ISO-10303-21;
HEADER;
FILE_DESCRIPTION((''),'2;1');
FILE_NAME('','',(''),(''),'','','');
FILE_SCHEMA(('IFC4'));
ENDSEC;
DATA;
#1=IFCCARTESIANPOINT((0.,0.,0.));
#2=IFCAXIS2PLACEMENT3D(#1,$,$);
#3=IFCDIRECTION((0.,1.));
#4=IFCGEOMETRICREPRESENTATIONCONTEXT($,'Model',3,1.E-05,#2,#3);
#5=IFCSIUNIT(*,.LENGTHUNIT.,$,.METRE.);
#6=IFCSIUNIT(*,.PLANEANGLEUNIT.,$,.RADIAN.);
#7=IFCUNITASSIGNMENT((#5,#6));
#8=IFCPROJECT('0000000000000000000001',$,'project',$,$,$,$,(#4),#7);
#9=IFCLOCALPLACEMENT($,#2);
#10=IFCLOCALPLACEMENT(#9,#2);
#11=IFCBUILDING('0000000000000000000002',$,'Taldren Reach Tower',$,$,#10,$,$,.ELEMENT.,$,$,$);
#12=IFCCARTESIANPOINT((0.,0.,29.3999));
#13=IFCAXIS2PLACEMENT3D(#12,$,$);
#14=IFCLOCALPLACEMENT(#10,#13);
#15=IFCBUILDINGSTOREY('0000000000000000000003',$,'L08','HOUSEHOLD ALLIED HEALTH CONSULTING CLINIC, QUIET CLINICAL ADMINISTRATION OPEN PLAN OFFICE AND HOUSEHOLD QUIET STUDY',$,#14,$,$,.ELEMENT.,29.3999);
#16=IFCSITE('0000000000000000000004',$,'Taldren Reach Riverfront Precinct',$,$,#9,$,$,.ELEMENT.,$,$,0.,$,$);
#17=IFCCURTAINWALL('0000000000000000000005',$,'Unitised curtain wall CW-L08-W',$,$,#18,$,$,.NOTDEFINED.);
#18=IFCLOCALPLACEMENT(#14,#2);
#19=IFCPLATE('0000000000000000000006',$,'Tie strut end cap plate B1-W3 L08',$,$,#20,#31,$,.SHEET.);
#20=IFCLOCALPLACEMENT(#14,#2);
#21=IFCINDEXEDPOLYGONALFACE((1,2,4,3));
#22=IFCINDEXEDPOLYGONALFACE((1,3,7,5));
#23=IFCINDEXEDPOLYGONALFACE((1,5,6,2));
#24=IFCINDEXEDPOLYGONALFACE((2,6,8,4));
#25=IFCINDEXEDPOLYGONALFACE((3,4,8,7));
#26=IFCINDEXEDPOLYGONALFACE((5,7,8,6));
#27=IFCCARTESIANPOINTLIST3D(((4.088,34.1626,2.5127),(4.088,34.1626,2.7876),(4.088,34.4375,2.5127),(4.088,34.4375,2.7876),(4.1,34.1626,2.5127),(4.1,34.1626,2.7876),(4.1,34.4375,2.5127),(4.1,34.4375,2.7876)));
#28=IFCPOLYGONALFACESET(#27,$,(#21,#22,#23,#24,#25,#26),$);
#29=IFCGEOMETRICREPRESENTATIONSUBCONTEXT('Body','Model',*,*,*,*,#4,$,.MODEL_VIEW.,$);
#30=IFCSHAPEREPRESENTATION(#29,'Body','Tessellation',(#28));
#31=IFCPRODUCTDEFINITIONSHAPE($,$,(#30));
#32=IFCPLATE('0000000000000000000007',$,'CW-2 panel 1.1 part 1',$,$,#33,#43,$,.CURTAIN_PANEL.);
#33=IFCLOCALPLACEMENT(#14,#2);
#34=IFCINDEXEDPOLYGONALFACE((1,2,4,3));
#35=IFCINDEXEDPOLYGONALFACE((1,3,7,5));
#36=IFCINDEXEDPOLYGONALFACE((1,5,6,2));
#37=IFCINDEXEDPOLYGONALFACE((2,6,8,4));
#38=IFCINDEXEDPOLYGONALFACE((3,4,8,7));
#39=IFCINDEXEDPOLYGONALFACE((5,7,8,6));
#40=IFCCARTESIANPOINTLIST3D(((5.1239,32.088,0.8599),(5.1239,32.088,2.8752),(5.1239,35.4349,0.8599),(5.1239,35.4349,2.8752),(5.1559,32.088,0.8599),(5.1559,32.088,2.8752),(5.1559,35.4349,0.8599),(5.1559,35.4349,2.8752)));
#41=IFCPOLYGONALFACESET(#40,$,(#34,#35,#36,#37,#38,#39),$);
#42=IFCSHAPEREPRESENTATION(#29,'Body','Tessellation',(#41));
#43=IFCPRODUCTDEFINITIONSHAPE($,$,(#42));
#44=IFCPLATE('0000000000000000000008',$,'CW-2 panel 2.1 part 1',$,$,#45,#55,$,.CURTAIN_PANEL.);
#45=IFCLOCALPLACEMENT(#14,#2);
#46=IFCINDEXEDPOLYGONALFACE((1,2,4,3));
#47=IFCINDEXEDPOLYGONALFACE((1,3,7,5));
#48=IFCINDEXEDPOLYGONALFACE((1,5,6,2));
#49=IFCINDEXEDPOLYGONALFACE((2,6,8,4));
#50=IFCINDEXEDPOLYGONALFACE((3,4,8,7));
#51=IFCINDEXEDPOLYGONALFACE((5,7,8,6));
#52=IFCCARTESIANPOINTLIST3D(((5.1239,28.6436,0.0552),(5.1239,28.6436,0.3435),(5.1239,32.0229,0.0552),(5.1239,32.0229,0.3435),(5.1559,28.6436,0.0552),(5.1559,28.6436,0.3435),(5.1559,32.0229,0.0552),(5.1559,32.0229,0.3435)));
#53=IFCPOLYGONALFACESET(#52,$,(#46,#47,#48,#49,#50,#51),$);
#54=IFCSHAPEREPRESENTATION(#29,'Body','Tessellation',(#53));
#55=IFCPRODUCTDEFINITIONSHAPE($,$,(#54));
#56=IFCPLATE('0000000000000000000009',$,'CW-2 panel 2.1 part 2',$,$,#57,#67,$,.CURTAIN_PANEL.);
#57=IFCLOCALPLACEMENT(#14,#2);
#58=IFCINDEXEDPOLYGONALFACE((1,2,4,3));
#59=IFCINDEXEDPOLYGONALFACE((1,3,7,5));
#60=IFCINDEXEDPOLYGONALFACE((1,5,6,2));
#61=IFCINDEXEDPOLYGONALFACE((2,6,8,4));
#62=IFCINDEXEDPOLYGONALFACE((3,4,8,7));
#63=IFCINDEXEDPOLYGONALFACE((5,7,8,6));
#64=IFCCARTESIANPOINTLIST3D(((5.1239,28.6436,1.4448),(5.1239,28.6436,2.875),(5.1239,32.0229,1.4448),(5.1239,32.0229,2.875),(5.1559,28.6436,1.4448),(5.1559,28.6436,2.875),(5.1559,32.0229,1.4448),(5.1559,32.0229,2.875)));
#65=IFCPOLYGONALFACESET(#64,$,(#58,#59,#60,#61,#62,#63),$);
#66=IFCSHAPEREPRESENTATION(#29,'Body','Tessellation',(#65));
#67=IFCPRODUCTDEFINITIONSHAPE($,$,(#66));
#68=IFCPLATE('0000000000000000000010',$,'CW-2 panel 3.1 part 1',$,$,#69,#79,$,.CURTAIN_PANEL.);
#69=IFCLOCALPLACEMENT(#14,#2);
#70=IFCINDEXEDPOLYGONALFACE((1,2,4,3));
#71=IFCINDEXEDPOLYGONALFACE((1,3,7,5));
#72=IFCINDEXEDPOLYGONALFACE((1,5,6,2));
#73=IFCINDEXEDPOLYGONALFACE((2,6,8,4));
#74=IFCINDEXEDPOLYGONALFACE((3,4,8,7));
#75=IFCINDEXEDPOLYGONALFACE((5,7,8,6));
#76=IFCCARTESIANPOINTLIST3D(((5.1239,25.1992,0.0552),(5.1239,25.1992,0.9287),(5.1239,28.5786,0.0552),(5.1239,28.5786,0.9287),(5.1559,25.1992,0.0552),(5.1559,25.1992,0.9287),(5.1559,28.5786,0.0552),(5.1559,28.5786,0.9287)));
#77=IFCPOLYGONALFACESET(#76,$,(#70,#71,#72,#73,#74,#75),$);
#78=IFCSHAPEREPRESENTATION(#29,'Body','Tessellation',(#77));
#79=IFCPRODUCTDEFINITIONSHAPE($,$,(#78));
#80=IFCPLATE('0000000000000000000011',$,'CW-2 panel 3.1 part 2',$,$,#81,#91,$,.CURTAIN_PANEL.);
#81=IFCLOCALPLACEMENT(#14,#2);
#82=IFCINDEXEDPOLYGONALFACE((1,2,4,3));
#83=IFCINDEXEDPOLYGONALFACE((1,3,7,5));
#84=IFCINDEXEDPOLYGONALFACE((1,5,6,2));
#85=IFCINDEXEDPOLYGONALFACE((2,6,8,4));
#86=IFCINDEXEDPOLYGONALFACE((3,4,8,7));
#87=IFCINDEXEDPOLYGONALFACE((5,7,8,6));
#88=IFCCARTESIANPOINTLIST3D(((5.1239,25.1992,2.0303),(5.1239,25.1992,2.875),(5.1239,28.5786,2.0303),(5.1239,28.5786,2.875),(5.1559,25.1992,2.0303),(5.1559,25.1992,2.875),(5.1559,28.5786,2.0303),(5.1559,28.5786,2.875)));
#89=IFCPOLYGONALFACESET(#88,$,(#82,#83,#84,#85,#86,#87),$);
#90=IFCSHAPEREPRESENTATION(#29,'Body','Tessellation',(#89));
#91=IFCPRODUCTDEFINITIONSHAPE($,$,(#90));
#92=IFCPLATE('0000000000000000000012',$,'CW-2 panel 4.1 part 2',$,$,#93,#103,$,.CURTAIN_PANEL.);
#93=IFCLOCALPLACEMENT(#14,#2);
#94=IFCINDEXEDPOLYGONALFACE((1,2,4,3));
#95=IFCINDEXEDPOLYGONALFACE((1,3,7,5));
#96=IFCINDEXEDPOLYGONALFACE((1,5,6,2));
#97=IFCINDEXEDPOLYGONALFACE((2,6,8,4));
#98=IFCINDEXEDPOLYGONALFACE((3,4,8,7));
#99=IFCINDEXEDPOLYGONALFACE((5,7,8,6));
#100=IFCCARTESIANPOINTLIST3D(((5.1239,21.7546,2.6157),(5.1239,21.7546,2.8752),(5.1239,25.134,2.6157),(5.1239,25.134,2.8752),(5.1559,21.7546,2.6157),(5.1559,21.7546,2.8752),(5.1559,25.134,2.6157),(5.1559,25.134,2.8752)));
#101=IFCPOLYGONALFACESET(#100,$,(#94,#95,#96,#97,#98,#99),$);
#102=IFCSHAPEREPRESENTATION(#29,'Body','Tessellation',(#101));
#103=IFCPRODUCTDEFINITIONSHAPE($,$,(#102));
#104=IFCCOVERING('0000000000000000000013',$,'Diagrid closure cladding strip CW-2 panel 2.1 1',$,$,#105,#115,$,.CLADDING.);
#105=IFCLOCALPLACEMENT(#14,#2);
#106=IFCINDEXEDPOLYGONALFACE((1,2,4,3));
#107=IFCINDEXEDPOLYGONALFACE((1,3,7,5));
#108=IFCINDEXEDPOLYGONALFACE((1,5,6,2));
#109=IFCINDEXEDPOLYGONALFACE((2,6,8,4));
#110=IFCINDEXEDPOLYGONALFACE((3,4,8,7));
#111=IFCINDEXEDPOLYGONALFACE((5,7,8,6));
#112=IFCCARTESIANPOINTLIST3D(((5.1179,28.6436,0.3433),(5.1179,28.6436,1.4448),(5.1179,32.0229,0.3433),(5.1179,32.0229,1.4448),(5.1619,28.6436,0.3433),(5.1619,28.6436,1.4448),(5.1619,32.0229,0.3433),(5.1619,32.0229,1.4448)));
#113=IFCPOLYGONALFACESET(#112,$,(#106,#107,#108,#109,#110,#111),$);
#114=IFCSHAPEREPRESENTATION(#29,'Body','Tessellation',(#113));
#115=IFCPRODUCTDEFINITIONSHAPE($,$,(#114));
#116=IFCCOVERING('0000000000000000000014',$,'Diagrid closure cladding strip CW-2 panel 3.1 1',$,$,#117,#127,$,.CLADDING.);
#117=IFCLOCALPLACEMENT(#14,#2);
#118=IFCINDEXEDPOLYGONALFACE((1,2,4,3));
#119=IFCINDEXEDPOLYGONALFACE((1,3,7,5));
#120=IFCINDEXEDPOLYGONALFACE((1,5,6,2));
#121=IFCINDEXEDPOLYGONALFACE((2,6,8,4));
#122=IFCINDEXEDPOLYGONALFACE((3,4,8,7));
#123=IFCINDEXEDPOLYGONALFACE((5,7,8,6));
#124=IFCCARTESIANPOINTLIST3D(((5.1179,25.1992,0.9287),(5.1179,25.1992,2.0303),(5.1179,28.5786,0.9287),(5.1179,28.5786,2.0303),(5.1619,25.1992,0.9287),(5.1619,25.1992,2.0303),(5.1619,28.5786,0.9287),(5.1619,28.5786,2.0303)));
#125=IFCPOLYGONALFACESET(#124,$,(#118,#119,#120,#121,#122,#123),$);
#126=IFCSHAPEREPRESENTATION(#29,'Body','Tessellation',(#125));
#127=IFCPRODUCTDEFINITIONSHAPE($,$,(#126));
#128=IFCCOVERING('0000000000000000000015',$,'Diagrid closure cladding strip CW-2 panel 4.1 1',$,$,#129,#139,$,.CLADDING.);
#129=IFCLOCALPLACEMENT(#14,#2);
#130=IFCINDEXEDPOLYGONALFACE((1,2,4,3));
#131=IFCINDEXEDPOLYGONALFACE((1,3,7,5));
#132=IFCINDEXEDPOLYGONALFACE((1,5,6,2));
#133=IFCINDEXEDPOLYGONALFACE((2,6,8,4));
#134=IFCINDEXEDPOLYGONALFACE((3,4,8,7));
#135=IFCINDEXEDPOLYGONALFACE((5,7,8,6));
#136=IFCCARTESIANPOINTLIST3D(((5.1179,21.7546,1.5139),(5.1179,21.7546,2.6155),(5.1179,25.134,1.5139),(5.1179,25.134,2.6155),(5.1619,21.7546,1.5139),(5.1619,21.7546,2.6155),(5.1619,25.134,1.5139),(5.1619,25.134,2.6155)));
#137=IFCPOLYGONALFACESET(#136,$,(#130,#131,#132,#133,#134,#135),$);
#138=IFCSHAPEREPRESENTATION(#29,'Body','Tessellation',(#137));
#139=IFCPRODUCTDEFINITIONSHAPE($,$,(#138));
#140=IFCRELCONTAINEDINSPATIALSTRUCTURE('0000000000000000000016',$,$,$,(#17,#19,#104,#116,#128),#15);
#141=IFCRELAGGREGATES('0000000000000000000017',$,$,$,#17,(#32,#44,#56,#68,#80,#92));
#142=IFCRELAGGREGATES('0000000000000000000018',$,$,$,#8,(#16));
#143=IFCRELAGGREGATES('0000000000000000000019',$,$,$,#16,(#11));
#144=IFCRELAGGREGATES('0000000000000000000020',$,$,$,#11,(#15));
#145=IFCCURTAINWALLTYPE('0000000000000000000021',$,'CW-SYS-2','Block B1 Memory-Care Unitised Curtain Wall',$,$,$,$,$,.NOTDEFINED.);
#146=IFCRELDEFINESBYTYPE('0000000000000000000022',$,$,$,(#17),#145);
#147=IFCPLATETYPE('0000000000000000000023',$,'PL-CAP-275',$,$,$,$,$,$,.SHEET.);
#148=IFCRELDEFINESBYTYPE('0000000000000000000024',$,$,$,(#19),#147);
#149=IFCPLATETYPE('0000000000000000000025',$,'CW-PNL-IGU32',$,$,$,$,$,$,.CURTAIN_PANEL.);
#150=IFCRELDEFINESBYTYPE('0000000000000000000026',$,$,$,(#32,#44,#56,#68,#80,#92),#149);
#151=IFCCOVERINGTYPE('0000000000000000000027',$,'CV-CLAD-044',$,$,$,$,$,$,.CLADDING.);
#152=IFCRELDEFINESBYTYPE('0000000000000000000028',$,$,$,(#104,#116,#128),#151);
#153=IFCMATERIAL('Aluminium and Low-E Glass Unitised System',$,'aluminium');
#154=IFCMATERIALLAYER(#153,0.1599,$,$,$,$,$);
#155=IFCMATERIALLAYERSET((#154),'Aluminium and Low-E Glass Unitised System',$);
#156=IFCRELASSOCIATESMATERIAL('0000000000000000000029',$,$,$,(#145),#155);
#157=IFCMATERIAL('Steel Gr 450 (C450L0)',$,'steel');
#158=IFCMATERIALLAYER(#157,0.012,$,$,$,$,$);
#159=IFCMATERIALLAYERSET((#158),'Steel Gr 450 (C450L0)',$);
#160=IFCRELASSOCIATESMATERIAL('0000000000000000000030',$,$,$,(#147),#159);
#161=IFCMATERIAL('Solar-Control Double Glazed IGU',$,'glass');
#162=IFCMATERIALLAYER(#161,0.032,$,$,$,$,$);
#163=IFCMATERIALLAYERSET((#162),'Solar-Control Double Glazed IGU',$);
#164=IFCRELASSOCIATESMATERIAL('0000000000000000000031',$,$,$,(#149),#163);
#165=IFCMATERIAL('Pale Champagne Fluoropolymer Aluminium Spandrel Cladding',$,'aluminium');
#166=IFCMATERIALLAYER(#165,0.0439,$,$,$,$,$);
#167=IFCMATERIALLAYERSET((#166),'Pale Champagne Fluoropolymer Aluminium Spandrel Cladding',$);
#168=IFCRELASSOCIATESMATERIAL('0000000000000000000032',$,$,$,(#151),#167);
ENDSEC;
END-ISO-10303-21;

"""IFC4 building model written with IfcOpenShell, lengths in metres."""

from ifc_helpers import new_model, si_unit, direction, frame, origin, origin_2d, place, context, subcontext, project, spatial, rectangle, extrude, source, transform, mapped, material, layer, layer_set, type_object, element, aggregate, save


model = new_model("IFC4")

# Units and contexts
model_context = context("Model", 3, precision=1e-05, world=origin(), true_north=direction((0.0, 1.0)))
body_context = subcontext(model_context, "Body", "Model", "MODEL_VIEW")
ifc_project = project(units=[si_unit("LENGTHUNIT", "METRE"), si_unit("PLANEANGLEUNIT", "RADIAN")], contexts=[model_context])

# Site, building, storey
site_placement = place(None, origin())
site = spatial("IfcSite", under=ifc_project, at=site_placement, Name="Taldren Reach Riverfront Precinct", CompositionType="ELEMENT", RefElevation=0.0)
building_placement = place(site_placement, origin())
building = spatial("IfcBuilding", under=site, at=building_placement, Name="Taldren Reach Tower", CompositionType="ELEMENT")
storey_placement = place(building_placement, frame((0.0, 0.0, 29.3999)))
storey = spatial("IfcBuildingStorey", under=building, at=storey_placement, Name="L08", Description="HOUSEHOLD ALLIED HEALTH CONSULTING CLINIC, QUIET CLINICAL ADMINISTRATION OPEN PLAN OFFICE AND HOUSEHOLD QUIET STUDY", CompositionType="ELEMENT", Elevation=29.3999)

# Shared definitions
ifc_material_1 = material(Name="Steel Gr 450 (C450L0)", Category="steel")

# Curtain wall
ifc_material_2 = material(Name="Aluminium and Low-E Glass Unitised System", Category="aluminium")
ifc_layer_1 = layer(ifc_material_2, 0.1599)
ifc_layer_set_1 = layer_set([ifc_layer_1], Name="Aluminium and Low-E Glass Unitised System")
curtain_wall_type = type_object("IfcCurtainWallType", Name="CW-SYS-2", Description="Block B1 Memory-Care Unitised Curtain Wall", PredefinedType="NOTDEFINED", material=ifc_layer_set_1)
curtain_wall_placement = place(storey_placement, origin())
curtain_wall = element("IfcCurtainWall", 1, at=curtain_wall_placement, inside=storey, type_object=curtain_wall_type, Name="Unitised curtain wall CW-L08-W", PredefinedType="NOTDEFINED")

# Plates
ifc_layer_2 = layer(ifc_material_1, 0.012)
ifc_layer_set_2 = layer_set([ifc_layer_2], Name="Steel Gr 450 (C450L0)")
plate_type_1 = type_object("IfcPlateType", Name="PL-CAP-275", PredefinedType="SHEET", material=ifc_layer_set_2)
shared_shape_1 = source(origin(), body_context, "Body", "SweptSolid", [
    extrude(rectangle(XDim=0.012, YDim=0.2749, at=origin_2d()), origin(), (0.0, 0.0, 1.0), 0.2749),
])
plate_1_placement = place(storey_placement, frame((4.094, 34.3, 2.5127), z_axis=(0.0, 0.0, 1.0), x_axis=(1.0, 0.0, 0.0)))
element("IfcPlate", 2, at=plate_1_placement, inside=storey, type_object=plate_type_1, Name="Tie strut end cap plate B1-W3 L08", PredefinedType="SHEET", context=body_context, shape_type="MappedRepresentation", body=[
    mapped(shared_shape_1, transform((0.0, 0.0, 0.0), scale=1.0)),
])
ifc_material_3 = material(Name="Solar-Control Double Glazed IGU", Category="glass")
ifc_layer_3 = layer(ifc_material_3, 0.032)
ifc_layer_set_3 = layer_set([ifc_layer_3], Name="Solar-Control Double Glazed IGU")
plate_type_2 = type_object("IfcPlateType", Name="CW-PNL-IGU32", PredefinedType="CURTAIN_PANEL", material=ifc_layer_set_3)
shared_shape_2 = source(origin(), body_context, "Body", "SweptSolid", [
    extrude(rectangle(XDim=3.3469, YDim=0.032, at=origin_2d()), origin(), (0.0, 0.0, 1.0), 2.0154),
])
plate_2_placement = place(storey_placement, frame((5.1399, 33.7615, 0.8599), z_axis=(0.0, 0.0, 1.0), x_axis=(0.0, -1.0, 0.0)))
plate_2 = element("IfcPlate", 3, at=plate_2_placement, type_object=plate_type_2, Name="CW-2 panel 1.1 part 1", PredefinedType="CURTAIN_PANEL", context=body_context, shape_type="MappedRepresentation", body=[
    mapped(shared_shape_2, transform((0.0, 0.0, 0.0), scale=1.0)),
])
shared_shape_3 = source(origin(), body_context, "Body", "SweptSolid", [
    extrude(rectangle(XDim=3.3794, YDim=0.032, at=origin_2d()), origin(), (0.0, 0.0, 1.0), 0.2883),
])
plate_3_placement = place(storey_placement, frame((5.1399, 30.3333, 0.0552), z_axis=(0.0, 0.0, 1.0), x_axis=(0.0, -1.0, 0.0)))
plate_3 = element("IfcPlate", 4, at=plate_3_placement, type_object=plate_type_2, Name="CW-2 panel 2.1 part 1", PredefinedType="CURTAIN_PANEL", context=body_context, shape_type="MappedRepresentation", body=[
    mapped(shared_shape_3, transform((0.0, 0.0, 0.0), scale=1.0)),
])
shared_shape_4 = source(origin(), body_context, "Body", "SweptSolid", [
    extrude(rectangle(XDim=3.3794, YDim=0.032, at=origin_2d()), origin(), (0.0, 0.0, 1.0), 1.4302),
])
plate_4_placement = place(storey_placement, frame((5.1399, 30.3333, 1.4448), z_axis=(0.0, 0.0, 1.0), x_axis=(0.0, -1.0, 0.0)))
plate_4 = element("IfcPlate", 5, at=plate_4_placement, type_object=plate_type_2, Name="CW-2 panel 2.1 part 2", PredefinedType="CURTAIN_PANEL", context=body_context, shape_type="MappedRepresentation", body=[
    mapped(shared_shape_4, transform((0.0, 0.0, 0.0), scale=1.0)),
])
shared_shape_5 = source(origin(), body_context, "Body", "SweptSolid", [
    extrude(rectangle(XDim=3.3794, YDim=0.032, at=origin_2d()), origin(), (0.0, 0.0, 1.0), 0.8735),
])
plate_5_placement = place(storey_placement, frame((5.1399, 26.8889, 0.0552), z_axis=(0.0, 0.0, 1.0), x_axis=(0.0, -1.0, 0.0)))
plate_5 = element("IfcPlate", 6, at=plate_5_placement, type_object=plate_type_2, Name="CW-2 panel 3.1 part 1", PredefinedType="CURTAIN_PANEL", context=body_context, shape_type="MappedRepresentation", body=[
    mapped(shared_shape_5, transform((0.0, 0.0, 0.0), scale=1.0)),
])
shared_shape_6 = source(origin(), body_context, "Body", "SweptSolid", [
    extrude(rectangle(XDim=3.3794, YDim=0.032, at=origin_2d()), origin(), (0.0, 0.0, 1.0), 0.8447),
])
plate_6_placement = place(storey_placement, frame((5.1399, 26.8889, 2.0303), z_axis=(0.0, 0.0, 1.0), x_axis=(0.0, -1.0, 0.0)))
plate_6 = element("IfcPlate", 7, at=plate_6_placement, type_object=plate_type_2, Name="CW-2 panel 3.1 part 2", PredefinedType="CURTAIN_PANEL", context=body_context, shape_type="MappedRepresentation", body=[
    mapped(shared_shape_6, transform((0.0, 0.0, 0.0), scale=1.0)),
])
shared_shape_7 = source(origin(), body_context, "Body", "SweptSolid", [
    extrude(rectangle(XDim=3.3794, YDim=0.032, at=origin_2d()), origin(), (0.0, 0.0, 1.0), 0.2595),
])
plate_7_placement = place(storey_placement, frame((5.1399, 23.4443, 2.6157), z_axis=(0.0, 0.0, 1.0), x_axis=(0.0, -1.0, 0.0)))
plate_7 = element("IfcPlate", 8, at=plate_7_placement, type_object=plate_type_2, Name="CW-2 panel 4.1 part 2", PredefinedType="CURTAIN_PANEL", context=body_context, shape_type="MappedRepresentation", body=[
    mapped(shared_shape_7, transform((0.0, 0.0, 0.0), scale=1.0)),
])
aggregate(curtain_wall, [plate_2, plate_3, plate_4, plate_5, plate_6, plate_7])

# Coverings
ifc_material_4 = material(Name="Pale Champagne Fluoropolymer Aluminium Spandrel Cladding", Category="aluminium")
ifc_layer_4 = layer(ifc_material_4, 0.0439)
ifc_layer_set_4 = layer_set([ifc_layer_4], Name="Pale Champagne Fluoropolymer Aluminium Spandrel Cladding")
covering_type = type_object("IfcCoveringType", Name="CV-CLAD-044", PredefinedType="CLADDING", material=ifc_layer_set_4)
shared_shape_8 = source(origin(), body_context, "Body", "SweptSolid", [
    extrude(rectangle(XDim=3.3794, YDim=0.0439, at=origin_2d()), origin(), (0.0, 0.0, 1.0), 1.1016),
])
for number, where, z_axis, x_axis, name in (
    (9, (5.1399, 30.3333, 0.3433), (0.0, 0.0, 1.0), (0.0, -1.0, 0.0), "Diagrid closure cladding strip CW-2 panel 2.1 1"),
    (10, (5.1399, 26.8889, 0.9287), (0.0, 0.0, 1.0), (0.0, -1.0, 0.0), "Diagrid closure cladding strip CW-2 panel 3.1 1"),
    (11, (5.1399, 23.4443, 1.5139), (0.0, 0.0, 1.0), (0.0, -1.0, 0.0), "Diagrid closure cladding strip CW-2 panel 4.1 1"),
):
    element("IfcCovering", number, at=place(storey_placement, frame(where, z_axis=z_axis, x_axis=x_axis)), inside=storey, type_object=covering_type, Name=name, PredefinedType="CLADDING", context=body_context, shape_type="MappedRepresentation", body=[
        mapped(shared_shape_8, transform((0.0, 0.0, 0.0), scale=1.0)),
    ])

save(model, "model.ifc")
